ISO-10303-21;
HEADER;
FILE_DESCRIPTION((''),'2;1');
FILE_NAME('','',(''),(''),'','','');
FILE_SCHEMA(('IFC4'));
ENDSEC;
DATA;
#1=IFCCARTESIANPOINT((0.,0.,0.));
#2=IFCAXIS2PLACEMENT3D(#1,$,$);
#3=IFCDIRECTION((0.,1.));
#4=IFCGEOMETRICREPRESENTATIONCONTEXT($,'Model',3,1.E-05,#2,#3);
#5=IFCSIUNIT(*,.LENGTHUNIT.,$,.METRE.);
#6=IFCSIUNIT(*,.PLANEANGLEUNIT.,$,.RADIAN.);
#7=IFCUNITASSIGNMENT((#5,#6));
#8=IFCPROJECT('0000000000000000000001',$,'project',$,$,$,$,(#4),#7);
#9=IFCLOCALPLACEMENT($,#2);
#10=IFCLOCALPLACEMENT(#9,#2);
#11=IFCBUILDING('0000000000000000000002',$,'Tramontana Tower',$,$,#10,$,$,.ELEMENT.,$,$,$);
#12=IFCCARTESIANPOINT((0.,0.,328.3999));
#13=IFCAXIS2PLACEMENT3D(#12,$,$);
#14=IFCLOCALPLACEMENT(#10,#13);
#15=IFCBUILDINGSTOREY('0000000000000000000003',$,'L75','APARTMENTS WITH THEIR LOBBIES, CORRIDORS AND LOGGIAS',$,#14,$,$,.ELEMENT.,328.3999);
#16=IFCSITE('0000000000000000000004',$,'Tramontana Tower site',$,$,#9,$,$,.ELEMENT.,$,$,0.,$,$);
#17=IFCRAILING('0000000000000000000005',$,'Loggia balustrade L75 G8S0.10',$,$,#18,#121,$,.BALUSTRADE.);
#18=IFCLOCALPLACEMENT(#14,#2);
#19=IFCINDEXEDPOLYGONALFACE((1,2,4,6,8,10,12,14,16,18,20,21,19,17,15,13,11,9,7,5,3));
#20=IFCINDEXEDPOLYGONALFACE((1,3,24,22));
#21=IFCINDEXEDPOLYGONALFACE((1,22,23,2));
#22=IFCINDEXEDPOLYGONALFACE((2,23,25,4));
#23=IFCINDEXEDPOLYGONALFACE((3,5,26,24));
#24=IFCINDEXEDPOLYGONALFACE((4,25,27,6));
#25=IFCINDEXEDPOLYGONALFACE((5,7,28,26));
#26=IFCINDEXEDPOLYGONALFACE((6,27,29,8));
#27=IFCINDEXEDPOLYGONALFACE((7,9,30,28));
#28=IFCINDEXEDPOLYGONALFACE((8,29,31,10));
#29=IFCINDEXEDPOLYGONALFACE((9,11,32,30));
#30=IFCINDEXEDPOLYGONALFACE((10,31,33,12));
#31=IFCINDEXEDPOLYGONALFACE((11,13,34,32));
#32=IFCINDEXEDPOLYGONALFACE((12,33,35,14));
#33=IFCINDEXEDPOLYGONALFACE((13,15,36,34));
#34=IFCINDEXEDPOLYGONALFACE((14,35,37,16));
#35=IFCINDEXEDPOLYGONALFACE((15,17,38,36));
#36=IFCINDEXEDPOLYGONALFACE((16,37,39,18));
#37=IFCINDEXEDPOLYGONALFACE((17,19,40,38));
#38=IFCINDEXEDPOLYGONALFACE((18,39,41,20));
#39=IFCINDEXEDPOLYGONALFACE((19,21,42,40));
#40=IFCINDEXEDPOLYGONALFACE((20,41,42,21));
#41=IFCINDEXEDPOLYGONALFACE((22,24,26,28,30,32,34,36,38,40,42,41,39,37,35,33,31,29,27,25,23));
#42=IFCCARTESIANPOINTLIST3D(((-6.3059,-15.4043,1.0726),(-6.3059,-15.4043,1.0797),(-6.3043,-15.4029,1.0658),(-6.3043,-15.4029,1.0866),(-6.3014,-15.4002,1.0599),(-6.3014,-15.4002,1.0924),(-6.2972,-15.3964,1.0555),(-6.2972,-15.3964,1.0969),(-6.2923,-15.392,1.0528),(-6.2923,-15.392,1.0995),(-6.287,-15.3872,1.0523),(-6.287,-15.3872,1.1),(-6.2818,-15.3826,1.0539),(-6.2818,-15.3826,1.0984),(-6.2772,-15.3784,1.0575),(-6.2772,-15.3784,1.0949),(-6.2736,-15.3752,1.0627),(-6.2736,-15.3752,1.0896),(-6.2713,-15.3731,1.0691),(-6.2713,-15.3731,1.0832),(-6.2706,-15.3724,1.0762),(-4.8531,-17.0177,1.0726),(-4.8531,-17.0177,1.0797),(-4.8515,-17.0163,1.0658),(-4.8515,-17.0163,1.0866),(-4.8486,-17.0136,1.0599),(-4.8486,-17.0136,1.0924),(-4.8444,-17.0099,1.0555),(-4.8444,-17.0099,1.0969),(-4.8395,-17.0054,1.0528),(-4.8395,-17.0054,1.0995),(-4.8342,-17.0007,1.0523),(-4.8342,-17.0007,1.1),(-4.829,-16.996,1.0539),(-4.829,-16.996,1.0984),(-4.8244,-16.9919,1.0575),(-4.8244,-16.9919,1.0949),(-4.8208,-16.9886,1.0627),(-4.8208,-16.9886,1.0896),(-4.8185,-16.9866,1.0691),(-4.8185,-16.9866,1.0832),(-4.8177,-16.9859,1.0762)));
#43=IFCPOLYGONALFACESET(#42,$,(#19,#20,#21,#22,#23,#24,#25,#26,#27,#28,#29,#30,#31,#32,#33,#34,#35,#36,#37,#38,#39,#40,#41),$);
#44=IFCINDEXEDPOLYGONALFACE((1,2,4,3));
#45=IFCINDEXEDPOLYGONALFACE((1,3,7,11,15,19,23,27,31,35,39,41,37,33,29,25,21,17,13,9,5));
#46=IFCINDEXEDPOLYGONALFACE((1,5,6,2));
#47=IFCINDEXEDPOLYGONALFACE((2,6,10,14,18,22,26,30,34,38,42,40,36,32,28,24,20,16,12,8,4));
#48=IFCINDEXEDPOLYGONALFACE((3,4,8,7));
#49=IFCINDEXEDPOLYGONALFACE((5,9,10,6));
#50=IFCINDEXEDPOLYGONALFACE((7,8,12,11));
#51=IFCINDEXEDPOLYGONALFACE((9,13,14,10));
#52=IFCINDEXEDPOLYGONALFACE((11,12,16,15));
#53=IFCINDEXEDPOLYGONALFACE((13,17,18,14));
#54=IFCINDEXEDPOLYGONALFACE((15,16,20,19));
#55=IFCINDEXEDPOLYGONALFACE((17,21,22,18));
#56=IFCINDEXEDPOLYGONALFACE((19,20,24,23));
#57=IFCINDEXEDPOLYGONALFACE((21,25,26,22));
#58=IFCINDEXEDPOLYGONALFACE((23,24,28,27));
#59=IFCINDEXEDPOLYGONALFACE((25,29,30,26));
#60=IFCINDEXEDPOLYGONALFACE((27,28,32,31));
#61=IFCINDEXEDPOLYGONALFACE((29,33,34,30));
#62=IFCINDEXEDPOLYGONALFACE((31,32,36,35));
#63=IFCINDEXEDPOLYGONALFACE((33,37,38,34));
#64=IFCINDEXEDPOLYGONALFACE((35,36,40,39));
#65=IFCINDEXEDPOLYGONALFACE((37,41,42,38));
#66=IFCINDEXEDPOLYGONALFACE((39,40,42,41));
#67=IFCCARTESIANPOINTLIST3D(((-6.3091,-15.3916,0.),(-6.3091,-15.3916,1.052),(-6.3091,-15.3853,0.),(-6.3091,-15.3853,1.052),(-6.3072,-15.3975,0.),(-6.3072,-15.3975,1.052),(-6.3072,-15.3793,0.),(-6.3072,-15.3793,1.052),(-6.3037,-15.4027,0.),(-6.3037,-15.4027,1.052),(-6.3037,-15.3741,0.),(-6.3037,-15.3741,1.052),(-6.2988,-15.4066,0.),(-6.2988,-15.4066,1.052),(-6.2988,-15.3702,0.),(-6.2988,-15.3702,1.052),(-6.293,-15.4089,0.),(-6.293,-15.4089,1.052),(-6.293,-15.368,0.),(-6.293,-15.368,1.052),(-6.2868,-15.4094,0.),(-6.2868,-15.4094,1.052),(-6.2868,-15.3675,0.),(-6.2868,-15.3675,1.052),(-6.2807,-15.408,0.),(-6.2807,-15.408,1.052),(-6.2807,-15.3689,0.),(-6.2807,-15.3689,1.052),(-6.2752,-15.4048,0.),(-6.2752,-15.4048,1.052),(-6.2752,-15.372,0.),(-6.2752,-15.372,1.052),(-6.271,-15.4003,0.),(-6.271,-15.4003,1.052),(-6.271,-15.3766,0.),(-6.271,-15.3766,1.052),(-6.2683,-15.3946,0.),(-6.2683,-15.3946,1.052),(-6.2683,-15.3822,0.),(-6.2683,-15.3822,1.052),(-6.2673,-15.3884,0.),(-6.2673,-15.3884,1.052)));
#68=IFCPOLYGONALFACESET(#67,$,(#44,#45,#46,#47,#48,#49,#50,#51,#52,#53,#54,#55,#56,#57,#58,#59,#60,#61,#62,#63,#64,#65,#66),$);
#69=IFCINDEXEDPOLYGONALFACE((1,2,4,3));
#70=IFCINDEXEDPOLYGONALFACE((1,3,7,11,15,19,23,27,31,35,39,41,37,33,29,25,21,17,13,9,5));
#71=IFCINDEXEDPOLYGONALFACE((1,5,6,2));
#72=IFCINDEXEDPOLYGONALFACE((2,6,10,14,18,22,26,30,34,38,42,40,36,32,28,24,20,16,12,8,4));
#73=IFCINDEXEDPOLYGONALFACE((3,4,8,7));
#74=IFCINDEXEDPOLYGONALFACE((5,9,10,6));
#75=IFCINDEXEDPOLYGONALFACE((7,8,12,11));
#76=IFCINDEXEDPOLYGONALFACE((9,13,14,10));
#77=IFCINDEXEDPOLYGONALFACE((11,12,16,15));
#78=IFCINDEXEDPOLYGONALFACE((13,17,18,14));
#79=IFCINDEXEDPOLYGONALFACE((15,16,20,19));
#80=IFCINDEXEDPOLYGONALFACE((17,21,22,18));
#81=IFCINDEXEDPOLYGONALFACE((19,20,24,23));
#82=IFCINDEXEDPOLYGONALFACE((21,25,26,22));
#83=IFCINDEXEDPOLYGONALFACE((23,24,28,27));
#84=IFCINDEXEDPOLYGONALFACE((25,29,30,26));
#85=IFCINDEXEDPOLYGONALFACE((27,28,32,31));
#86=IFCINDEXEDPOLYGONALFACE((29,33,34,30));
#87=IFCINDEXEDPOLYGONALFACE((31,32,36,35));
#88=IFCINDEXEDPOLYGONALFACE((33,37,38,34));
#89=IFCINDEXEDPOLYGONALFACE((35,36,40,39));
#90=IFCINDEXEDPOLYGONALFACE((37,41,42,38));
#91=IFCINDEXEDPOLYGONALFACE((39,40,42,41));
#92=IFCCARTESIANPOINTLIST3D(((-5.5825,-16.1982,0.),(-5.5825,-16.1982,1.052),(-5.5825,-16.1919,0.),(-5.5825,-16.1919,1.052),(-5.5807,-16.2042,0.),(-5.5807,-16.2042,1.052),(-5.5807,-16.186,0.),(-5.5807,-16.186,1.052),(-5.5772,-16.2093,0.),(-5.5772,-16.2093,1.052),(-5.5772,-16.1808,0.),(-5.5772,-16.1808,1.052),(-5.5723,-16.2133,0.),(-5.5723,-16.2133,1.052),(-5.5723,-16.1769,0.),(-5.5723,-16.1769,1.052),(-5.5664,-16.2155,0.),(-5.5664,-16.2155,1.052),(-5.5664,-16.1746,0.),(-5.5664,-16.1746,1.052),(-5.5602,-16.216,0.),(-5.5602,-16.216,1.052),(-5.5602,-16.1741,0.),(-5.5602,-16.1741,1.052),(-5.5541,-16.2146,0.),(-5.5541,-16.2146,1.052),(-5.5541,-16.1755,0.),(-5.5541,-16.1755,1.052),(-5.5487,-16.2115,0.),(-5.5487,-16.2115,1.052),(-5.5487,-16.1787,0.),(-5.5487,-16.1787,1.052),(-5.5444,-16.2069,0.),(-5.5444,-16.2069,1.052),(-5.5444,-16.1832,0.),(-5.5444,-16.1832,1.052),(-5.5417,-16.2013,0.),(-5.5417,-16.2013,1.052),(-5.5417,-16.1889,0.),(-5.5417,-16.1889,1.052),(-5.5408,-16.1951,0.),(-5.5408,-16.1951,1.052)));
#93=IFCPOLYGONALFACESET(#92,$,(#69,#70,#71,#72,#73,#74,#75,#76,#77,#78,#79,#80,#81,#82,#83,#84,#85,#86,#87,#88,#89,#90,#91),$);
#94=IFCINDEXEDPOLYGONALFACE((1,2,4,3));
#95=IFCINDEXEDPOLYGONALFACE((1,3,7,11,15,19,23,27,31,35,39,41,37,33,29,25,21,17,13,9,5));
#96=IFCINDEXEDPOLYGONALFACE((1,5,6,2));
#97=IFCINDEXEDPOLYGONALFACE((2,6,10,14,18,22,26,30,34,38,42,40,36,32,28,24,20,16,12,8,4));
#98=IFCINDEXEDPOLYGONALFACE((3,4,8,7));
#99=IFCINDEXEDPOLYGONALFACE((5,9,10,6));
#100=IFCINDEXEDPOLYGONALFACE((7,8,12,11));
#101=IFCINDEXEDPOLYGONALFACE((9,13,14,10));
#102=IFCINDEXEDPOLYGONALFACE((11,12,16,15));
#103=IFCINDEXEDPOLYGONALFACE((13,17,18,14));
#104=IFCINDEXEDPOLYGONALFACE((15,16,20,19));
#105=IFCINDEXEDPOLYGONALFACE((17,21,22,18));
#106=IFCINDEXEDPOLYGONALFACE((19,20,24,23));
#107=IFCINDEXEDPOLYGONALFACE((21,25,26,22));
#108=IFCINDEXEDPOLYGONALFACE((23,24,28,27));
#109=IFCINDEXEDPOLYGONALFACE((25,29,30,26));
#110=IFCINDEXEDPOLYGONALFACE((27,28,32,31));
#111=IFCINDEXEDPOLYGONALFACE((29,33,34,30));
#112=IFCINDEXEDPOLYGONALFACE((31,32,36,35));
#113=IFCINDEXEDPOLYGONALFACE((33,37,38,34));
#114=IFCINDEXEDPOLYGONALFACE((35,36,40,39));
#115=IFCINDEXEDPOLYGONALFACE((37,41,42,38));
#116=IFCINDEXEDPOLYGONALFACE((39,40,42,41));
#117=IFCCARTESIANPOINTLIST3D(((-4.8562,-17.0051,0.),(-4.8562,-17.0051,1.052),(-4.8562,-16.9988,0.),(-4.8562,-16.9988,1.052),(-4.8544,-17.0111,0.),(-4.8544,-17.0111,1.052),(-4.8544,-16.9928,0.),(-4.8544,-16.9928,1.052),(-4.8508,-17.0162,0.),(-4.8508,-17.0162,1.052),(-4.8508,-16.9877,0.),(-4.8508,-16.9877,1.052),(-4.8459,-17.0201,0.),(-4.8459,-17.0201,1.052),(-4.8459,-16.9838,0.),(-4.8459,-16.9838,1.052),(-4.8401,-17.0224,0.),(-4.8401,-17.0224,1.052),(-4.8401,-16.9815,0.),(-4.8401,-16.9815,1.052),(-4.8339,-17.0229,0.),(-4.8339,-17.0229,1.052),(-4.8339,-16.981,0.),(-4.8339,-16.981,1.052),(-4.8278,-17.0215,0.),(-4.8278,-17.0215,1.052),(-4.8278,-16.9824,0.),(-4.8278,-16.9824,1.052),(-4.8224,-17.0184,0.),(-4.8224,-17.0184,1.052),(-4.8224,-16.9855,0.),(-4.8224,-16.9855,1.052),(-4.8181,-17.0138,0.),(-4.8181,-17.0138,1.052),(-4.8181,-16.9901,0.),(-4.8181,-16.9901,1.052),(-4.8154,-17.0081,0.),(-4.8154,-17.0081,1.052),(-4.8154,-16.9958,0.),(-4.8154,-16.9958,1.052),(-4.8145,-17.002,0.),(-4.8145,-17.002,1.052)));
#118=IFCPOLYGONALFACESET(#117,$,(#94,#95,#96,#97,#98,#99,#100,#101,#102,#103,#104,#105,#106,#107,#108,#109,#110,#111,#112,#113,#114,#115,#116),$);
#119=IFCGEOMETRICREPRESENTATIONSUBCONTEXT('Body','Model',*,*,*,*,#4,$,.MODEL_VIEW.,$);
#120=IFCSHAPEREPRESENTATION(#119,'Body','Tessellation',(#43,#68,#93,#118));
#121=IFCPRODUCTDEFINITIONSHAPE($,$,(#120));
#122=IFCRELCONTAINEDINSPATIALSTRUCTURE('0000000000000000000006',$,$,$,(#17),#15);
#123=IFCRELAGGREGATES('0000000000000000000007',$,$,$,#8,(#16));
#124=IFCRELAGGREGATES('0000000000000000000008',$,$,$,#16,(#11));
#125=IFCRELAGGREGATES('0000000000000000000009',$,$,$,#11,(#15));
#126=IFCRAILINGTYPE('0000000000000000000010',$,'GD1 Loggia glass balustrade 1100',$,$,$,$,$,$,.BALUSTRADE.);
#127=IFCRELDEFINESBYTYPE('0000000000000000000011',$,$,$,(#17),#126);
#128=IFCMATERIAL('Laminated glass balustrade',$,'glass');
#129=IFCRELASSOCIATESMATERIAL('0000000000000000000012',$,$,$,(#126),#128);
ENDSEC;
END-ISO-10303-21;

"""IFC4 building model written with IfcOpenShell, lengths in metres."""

from ifc_helpers import new_model, si_unit, direction, frame, origin, origin_2d, place, context, subcontext, project, spatial, circle, extrude, material, type_object, element, save


model = new_model("IFC4")

# Units and contexts
model_context = context("Model", 3, precision=1e-05, world=origin(), true_north=direction((0.0, 1.0)))
body_context = subcontext(model_context, "Body", "Model", "MODEL_VIEW")
ifc_project = project(units=[si_unit("LENGTHUNIT", "METRE"), si_unit("PLANEANGLEUNIT", "RADIAN")], contexts=[model_context])

# Site, building, storey
site_placement = place(None, origin())
site = spatial("IfcSite", under=ifc_project, at=site_placement, Name="Tramontana Tower site", CompositionType="ELEMENT", RefElevation=0.0)
building_placement = place(site_placement, origin())
building = spatial("IfcBuilding", under=site, at=building_placement, Name="Tramontana Tower", CompositionType="ELEMENT")
storey_placement = place(building_placement, frame((0.0, 0.0, 328.3999)))
storey = spatial("IfcBuildingStorey", under=building, at=storey_placement, Name="L75", Description="APARTMENTS WITH THEIR LOBBIES, CORRIDORS AND LOGGIAS", CompositionType="ELEMENT", Elevation=328.3999)

# Railing
ifc_material_1 = material(Name="Laminated glass balustrade", Category="glass")
railing_type = type_object("IfcRailingType", Name="GD1 Loggia glass balustrade 1100", PredefinedType="BALUSTRADE", material=ifc_material_1)
railing_1_placement = place(storey_placement, frame((-6.2883, -15.3884, 0.0)))
element("IfcRailing", 1, at=railing_1_placement, inside=storey, type_object=railing_type, Name="Loggia balustrade L75 G8S0.10", PredefinedType="BALUSTRADE", context=body_context, shape_type="SweptSolid", body=[
    extrude(circle(Radius=0.0239, at=origin_2d()), frame((0.0, 0.0, 1.0762), z_axis=(0.669145, -0.743132, 0.0), x_axis=(0.743132, 0.669145, 0.0)), (0.0, 0.0, 1.0), 2.1711),
    extrude(circle(Radius=0.021, at=origin_2d()), origin(), (0.0, 0.0, 1.0), 1.052),
    extrude(circle(Radius=0.021, at=origin_2d()), frame((0.7266, -0.8066, 0.0)), (0.0, 0.0, 1.0), 1.052),
    extrude(circle(Radius=0.021, at=origin_2d()), frame((1.4529, -1.6135, 0.0)), (0.0, 0.0, 1.0), 1.052),
])

save(model, "model.ifc")
